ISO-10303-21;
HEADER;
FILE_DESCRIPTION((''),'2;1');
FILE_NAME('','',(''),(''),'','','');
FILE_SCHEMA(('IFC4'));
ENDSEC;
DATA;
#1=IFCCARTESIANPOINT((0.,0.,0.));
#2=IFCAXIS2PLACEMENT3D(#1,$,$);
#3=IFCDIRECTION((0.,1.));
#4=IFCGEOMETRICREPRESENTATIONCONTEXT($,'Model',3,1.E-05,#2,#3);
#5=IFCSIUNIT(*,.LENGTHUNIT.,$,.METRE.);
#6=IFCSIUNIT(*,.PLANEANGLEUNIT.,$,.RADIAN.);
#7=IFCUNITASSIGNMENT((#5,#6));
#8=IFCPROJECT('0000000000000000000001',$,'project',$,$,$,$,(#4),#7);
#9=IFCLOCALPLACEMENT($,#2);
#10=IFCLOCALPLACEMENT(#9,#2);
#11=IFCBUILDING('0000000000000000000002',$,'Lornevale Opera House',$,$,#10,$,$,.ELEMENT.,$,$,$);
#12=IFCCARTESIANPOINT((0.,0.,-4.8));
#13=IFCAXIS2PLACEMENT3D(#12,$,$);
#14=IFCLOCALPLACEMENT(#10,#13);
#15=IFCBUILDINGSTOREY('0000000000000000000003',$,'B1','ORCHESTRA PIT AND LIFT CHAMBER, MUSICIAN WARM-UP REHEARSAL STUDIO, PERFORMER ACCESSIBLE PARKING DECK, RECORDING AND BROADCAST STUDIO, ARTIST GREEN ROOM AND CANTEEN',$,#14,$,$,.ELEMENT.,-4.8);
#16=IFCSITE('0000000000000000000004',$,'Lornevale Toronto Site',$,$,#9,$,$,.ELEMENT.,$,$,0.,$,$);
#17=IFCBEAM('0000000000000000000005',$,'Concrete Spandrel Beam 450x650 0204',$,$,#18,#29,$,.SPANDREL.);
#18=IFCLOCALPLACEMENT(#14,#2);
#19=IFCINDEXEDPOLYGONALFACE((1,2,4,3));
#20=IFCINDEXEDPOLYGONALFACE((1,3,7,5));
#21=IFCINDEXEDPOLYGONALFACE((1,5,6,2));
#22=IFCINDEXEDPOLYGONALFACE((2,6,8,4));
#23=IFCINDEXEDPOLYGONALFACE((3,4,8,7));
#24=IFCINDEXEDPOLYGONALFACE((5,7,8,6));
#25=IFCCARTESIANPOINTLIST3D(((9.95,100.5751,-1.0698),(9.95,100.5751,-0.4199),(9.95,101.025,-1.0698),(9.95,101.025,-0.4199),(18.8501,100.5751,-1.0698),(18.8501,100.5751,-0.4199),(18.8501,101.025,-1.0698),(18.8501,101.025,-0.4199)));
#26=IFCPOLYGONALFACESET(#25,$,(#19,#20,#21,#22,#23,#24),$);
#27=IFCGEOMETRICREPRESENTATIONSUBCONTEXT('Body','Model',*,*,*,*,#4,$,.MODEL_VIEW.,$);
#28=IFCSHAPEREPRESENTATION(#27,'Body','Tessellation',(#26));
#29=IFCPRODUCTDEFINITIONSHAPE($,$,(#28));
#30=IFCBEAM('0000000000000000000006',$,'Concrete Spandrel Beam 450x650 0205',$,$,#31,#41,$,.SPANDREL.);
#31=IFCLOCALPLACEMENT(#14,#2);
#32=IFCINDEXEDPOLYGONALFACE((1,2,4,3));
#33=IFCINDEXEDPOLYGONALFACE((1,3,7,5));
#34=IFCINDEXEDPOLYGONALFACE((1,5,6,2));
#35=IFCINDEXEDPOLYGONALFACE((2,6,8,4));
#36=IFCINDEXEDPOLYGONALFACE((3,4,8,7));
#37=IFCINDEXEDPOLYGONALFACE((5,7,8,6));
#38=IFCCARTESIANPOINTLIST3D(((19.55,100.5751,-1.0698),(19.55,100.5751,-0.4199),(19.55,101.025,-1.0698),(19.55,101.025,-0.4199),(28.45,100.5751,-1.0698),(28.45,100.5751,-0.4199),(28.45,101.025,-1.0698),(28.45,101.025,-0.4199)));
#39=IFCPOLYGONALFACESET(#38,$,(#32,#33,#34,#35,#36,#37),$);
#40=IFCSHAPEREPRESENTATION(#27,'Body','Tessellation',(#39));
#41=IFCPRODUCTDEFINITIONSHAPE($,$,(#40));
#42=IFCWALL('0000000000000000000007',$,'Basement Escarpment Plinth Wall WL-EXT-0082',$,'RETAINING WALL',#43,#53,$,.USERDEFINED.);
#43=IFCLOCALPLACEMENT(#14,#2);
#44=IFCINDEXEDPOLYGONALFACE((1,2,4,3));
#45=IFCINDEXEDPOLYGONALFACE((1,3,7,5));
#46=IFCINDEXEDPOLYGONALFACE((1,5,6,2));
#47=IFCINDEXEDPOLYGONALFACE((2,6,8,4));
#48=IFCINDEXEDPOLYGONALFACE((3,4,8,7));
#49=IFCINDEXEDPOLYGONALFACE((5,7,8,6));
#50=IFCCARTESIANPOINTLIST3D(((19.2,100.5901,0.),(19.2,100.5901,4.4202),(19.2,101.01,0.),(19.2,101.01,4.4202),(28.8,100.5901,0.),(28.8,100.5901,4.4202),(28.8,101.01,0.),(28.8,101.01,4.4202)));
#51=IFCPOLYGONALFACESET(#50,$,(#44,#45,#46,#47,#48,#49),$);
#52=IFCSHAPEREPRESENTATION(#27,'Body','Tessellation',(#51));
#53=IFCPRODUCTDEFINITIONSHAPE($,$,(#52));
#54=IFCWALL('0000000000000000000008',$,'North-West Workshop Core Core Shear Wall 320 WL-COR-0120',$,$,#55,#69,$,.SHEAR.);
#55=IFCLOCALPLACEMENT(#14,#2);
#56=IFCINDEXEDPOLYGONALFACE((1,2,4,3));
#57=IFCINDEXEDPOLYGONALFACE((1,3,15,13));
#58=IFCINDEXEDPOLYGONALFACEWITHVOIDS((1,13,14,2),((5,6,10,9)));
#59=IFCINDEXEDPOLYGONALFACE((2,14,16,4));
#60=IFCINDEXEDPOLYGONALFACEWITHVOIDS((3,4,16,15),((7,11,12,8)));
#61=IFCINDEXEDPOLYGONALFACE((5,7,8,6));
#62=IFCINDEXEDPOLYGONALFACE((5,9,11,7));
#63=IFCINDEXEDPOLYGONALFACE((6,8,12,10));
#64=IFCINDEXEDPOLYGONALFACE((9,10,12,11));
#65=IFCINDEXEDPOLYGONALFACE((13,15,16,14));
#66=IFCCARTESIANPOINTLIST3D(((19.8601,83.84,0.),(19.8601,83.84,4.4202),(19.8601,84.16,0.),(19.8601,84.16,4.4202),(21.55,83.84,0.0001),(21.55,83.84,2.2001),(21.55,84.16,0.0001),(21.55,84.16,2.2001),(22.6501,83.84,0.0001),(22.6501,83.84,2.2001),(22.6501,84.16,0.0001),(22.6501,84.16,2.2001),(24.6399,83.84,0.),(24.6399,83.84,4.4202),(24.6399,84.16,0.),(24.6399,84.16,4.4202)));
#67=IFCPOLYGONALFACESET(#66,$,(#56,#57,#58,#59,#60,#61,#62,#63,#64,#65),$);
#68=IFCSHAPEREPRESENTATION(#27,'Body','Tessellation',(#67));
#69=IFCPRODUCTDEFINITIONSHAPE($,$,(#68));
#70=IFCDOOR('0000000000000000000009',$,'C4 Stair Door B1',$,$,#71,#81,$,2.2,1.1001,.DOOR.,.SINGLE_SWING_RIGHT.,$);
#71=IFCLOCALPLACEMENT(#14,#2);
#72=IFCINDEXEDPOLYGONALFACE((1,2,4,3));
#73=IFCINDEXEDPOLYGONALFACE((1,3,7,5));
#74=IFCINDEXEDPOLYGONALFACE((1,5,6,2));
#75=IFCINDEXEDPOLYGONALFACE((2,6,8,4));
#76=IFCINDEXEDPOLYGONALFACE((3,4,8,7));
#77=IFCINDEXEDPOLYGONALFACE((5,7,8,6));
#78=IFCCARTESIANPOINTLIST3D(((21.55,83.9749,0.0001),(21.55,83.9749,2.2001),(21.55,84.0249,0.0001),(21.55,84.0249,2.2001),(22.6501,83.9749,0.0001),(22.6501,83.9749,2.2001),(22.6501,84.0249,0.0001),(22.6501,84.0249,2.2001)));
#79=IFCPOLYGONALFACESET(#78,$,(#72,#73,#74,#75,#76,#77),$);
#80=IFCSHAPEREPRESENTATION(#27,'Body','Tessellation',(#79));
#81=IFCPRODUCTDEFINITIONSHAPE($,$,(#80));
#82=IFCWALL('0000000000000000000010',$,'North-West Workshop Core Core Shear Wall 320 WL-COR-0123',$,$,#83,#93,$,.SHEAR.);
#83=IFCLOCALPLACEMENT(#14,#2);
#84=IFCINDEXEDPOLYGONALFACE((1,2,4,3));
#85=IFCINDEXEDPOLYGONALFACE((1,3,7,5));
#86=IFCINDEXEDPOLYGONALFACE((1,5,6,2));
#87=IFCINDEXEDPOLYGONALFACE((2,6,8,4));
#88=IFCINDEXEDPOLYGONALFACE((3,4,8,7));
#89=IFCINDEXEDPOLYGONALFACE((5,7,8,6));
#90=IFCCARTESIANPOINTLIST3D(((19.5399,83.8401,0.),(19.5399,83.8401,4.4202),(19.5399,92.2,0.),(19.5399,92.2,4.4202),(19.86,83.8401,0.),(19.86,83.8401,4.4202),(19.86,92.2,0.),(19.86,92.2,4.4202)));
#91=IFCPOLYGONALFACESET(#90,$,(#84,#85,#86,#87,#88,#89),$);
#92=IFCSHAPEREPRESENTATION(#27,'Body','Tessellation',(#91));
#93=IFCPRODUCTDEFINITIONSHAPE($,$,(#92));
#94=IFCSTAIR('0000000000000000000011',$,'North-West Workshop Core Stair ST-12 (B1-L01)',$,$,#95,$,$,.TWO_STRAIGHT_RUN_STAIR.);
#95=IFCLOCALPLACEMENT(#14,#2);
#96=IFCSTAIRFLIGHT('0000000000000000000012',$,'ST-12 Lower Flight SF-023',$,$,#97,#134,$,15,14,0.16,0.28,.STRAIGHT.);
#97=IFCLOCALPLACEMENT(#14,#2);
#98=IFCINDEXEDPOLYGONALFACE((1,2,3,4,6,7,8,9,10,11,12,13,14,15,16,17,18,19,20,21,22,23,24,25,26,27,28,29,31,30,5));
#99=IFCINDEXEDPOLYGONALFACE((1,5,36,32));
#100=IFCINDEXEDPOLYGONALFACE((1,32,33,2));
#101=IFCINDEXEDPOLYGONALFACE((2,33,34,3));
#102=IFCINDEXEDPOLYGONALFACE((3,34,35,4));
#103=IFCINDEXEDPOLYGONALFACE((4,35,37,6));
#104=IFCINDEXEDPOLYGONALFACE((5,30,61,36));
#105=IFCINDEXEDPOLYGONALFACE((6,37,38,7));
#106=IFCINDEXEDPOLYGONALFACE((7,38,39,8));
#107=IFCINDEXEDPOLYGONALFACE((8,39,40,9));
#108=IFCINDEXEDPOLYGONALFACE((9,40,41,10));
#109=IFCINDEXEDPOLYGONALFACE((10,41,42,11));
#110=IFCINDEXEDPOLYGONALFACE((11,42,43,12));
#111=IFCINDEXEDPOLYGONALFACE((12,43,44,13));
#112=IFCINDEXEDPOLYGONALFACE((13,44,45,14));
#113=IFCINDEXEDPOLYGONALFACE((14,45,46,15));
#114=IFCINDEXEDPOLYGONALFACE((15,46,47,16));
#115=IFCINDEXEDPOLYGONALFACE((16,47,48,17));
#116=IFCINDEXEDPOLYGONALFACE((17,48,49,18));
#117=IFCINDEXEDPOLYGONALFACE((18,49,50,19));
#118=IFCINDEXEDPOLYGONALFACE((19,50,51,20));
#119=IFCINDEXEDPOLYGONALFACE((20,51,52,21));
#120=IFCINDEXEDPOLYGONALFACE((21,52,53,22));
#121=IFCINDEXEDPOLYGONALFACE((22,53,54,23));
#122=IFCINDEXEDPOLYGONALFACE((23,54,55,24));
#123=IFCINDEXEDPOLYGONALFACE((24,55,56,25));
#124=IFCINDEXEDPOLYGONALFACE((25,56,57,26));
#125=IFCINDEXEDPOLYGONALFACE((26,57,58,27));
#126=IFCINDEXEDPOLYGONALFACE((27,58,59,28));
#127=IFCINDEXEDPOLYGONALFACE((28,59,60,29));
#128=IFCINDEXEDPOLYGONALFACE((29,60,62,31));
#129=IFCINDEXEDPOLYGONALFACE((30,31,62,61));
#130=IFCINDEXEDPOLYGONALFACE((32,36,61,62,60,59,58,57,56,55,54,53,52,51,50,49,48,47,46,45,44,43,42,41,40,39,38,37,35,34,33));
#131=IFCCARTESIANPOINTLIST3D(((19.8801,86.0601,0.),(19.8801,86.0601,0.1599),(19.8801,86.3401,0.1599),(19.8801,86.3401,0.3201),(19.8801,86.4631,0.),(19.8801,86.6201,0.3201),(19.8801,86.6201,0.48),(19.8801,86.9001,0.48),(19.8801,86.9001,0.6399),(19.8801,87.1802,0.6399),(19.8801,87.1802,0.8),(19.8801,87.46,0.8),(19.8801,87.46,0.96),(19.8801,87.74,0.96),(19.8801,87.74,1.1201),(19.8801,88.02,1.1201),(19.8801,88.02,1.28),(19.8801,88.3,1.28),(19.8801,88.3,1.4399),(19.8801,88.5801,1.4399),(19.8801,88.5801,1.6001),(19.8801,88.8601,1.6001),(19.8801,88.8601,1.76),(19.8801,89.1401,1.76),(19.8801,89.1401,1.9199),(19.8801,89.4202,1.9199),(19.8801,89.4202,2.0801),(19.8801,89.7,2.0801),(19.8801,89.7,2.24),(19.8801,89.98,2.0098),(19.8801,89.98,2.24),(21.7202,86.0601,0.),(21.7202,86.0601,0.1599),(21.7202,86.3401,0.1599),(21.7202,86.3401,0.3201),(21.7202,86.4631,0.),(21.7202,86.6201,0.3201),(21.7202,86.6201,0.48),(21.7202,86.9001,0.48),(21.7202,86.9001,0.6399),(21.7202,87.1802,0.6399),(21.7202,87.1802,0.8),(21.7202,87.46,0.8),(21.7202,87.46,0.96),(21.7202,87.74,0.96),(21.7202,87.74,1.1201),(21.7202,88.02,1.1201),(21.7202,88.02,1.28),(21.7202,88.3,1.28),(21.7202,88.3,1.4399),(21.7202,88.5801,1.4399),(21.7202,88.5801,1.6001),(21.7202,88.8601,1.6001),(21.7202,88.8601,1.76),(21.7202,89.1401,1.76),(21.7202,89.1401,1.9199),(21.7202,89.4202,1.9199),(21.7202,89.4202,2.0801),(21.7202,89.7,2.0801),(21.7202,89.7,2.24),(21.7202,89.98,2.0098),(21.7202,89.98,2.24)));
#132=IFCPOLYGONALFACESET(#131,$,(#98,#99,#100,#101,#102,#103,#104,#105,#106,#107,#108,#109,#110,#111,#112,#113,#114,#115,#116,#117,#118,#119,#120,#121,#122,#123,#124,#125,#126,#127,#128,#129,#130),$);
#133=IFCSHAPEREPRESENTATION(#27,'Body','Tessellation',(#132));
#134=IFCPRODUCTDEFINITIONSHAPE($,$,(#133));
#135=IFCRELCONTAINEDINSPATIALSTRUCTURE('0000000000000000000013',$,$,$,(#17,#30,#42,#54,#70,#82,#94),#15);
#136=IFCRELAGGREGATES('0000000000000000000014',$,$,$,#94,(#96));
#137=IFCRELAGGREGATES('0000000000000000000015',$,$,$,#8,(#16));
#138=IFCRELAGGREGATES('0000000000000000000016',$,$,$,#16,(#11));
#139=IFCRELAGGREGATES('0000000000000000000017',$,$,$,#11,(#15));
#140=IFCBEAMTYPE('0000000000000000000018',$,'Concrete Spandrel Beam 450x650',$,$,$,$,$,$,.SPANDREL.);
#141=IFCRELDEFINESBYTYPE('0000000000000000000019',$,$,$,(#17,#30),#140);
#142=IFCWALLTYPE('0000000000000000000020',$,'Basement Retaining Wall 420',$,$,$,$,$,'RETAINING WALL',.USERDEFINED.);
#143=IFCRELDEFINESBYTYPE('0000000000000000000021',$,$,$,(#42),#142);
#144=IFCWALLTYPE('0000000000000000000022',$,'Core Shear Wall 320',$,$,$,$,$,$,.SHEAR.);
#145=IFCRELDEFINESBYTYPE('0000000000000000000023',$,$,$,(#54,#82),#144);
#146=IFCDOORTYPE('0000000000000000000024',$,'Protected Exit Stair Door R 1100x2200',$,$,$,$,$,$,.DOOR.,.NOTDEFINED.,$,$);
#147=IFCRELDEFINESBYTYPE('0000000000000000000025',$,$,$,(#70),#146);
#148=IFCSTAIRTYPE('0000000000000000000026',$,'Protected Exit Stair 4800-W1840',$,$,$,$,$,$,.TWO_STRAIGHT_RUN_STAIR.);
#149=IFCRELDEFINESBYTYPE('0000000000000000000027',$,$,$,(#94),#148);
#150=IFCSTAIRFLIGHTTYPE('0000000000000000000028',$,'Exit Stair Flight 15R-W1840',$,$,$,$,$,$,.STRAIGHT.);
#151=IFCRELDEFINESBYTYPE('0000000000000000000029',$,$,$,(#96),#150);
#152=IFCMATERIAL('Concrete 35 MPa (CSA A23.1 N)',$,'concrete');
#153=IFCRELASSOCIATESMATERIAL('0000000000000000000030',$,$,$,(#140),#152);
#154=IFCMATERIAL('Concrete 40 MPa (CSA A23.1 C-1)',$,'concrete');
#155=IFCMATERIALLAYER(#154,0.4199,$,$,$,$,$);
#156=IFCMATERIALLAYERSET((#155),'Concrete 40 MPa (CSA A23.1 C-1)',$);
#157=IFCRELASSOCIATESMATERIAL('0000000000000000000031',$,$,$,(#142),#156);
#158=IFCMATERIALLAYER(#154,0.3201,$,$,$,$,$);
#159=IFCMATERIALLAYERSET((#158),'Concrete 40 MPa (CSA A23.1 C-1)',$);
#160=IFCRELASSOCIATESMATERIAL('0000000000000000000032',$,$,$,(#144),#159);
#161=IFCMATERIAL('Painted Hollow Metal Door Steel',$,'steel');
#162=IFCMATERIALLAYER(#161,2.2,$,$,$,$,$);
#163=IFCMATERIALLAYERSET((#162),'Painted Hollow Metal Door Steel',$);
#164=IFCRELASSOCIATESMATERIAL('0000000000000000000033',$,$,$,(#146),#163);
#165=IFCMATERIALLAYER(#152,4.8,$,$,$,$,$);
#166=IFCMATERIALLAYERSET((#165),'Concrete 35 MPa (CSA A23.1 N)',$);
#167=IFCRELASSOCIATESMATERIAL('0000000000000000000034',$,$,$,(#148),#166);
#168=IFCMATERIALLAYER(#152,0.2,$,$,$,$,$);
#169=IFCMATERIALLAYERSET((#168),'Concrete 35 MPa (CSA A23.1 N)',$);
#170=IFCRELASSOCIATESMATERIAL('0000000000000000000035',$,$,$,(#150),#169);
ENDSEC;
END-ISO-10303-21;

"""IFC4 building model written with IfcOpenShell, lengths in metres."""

from ifc_helpers import new_model, si_unit, direction, frame, frame_2d, origin, origin_2d, place, context, subcontext, project, spatial, polyline, rectangle, outline, extrude, material, layer, layer_set, material_profile, profile_set, type_object, element, fill, aggregate, save


model = new_model("IFC4")

# Units and contexts
model_context = context("Model", 3, precision=1e-05, world=origin(), true_north=direction((0.0, 1.0)))
body_context = subcontext(model_context, "Body", "Model", "MODEL_VIEW")
ifc_project = project(units=[si_unit("LENGTHUNIT", "METRE"), si_unit("PLANEANGLEUNIT", "RADIAN")], contexts=[model_context])

# Site, building, storey
site_placement = place(None, origin())
site = spatial("IfcSite", under=ifc_project, at=site_placement, Name="Lornevale Toronto Site", CompositionType="ELEMENT", RefElevation=0.0)
building_placement = place(site_placement, origin())
building = spatial("IfcBuilding", under=site, at=building_placement, Name="Lornevale Opera House", CompositionType="ELEMENT")
storey_placement = place(building_placement, frame((0.0, 0.0, -4.8)))
storey = spatial("IfcBuildingStorey", under=building, at=storey_placement, Name="B1", Description="ORCHESTRA PIT AND LIFT CHAMBER, MUSICIAN WARM-UP REHEARSAL STUDIO, PERFORMER ACCESSIBLE PARKING DECK, RECORDING AND BROADCAST STUDIO, ARTIST GREEN ROOM AND CANTEEN", CompositionType="ELEMENT", Elevation=-4.8)

# Shared definitions
ifc_material_1 = material(Name="Concrete 40 MPa (CSA A23.1 C-1)", Category="concrete")

# Beams
ifc_material_2 = material(Name="Concrete 35 MPa (CSA A23.1 N)", Category="concrete")
ifc_material_profile_1 = material_profile(ifc_material_2, rectangle(XDim=0.45, YDim=0.6499, at=origin_2d()), Name="RC450x650")
ifc_profile_set_1 = profile_set([ifc_material_profile_1], Name="Concrete 35 MPa (CSA A23.1 N)")
beam_type_1 = type_object("IfcBeamType", Name="Concrete Spandrel Beam 450x650", PredefinedType="SPANDREL", material=ifc_profile_set_1)
beam_1_placement = place(storey_placement, frame((9.95, 100.8, -0.7449), z_axis=(1.0, 0.0, 0.0), x_axis=(0.0, 1.0, 0.0)))
element("IfcBeam", 1, at=beam_1_placement, inside=storey, type_object=beam_type_1, Name="Concrete Spandrel Beam 450x650 0204", PredefinedType="SPANDREL", context=body_context, shape_type="SweptSolid", body=[
    extrude(rectangle(XDim=0.45, YDim=0.6499, at=origin_2d()), origin(), (0.0, 0.0, 1.0), 8.9001),
])
beam_2_placement = place(storey_placement, frame((19.55, 100.8, -0.7449), z_axis=(1.0, 0.0, 0.0), x_axis=(0.0, 1.0, 0.0)))
element("IfcBeam", 2, at=beam_2_placement, inside=storey, type_object=beam_type_1, Name="Concrete Spandrel Beam 450x650 0205", PredefinedType="SPANDREL", context=body_context, shape_type="SweptSolid", body=[
    extrude(rectangle(XDim=0.45, YDim=0.6499, at=origin_2d()), origin(), (0.0, 0.0, 1.0), 8.8999),
])

# Wall
ifc_layer_1 = layer(ifc_material_1, 0.4199)
ifc_layer_set_1 = layer_set([ifc_layer_1], Name="Concrete 40 MPa (CSA A23.1 C-1)")
wall_type_1 = type_object("IfcWallType", Name="Basement Retaining Wall 420", ElementType="RETAINING WALL", PredefinedType="USERDEFINED", material=ifc_layer_set_1)
wall_1_placement = place(storey_placement, frame((19.2, 100.8, 0.0), z_axis=(0.0, 0.0, 1.0), x_axis=(1.0, 0.0, 0.0)))
element("IfcWall", 3, at=wall_1_placement, inside=storey, type_object=wall_type_1, Name="Basement Escarpment Plinth Wall WL-EXT-0082", ObjectType="RETAINING WALL", PredefinedType="USERDEFINED", context=body_context, shape_type="SweptSolid", body=[
    extrude(rectangle(XDim=9.6001, YDim=0.4199, at=frame_2d((4.8, 0.0))), origin(), (0.0, 0.0, 1.0), 4.4202),
])

# Wall, opening, door
ifc_layer_2 = layer(ifc_material_1, 0.3201)
ifc_layer_set_2 = layer_set([ifc_layer_2], Name="Concrete 40 MPa (CSA A23.1 C-1)")
wall_type_2 = type_object("IfcWallType", Name="Core Shear Wall 320", PredefinedType="SHEAR", material=ifc_layer_set_2)
wall_2_placement = place(storey_placement, frame((19.8601, 84.0, 0.0), z_axis=(0.0, 0.0, 1.0), x_axis=(1.0, 0.0, 0.0)))
wall_2 = element("IfcWall", 4, at=wall_2_placement, inside=storey, type_object=wall_type_2, Name="North-West Workshop Core Core Shear Wall 320 WL-COR-0120", PredefinedType="SHEAR", context=body_context, shape_type="SweptSolid", body=[
    extrude(rectangle(XDim=4.7798, YDim=0.3201, at=frame_2d((2.3899, 0.0))), origin(), (0.0, 0.0, 1.0), 4.4202),
])
opening_placement = place(wall_2_placement, frame((1.6899, 0.0, 0.0)))
opening = element("IfcOpeningElement", 5, at=opening_placement, cuts=wall_2, PredefinedType="OPENING", context=body_context, shape_type="SweptSolid", body=[
    extrude(rectangle(XDim=1.1001, YDim=2.2, at=frame_2d((0.55, 1.1001))), frame((0.0, 0.1699, 0.0), z_axis=(0.0, -1.0, 0.0), x_axis=(1.0, 0.0, 0.0)), (0.0, 0.0, 1.0), 0.3401),
])
ifc_material_3 = material(Name="Painted Hollow Metal Door Steel", Category="steel")
ifc_layer_3 = layer(ifc_material_3, 2.2)
ifc_layer_set_3 = layer_set([ifc_layer_3], Name="Painted Hollow Metal Door Steel")
door_type = type_object("IfcDoorType", Name="Protected Exit Stair Door R 1100x2200", OperationType="NOTDEFINED", PredefinedType="DOOR", material=ifc_layer_set_3)
door_placement = place(opening_placement, origin())
door = element("IfcDoor", 6, at=door_placement, inside=storey, type_object=door_type, Name="C4 Stair Door B1", OperationType="SINGLE_SWING_RIGHT", OverallHeight=2.2, OverallWidth=1.1001, PredefinedType="DOOR", context=body_context, shape_type="SweptSolid", body=[
    extrude(rectangle(XDim=1.1001, YDim=2.2, at=frame_2d((0.55, 1.1001))), frame((0.0, 0.0249, 0.0), z_axis=(0.0, -1.0, 0.0), x_axis=(1.0, 0.0, 0.0)), (0.0, 0.0, 1.0), 0.05),
])
fill(opening, door)

# Wall
wall_3_placement = place(storey_placement, frame((19.7, 92.2, 0.0), z_axis=(0.0, 0.0, 1.0), x_axis=(0.0, -1.0, 0.0)))
element("IfcWall", 7, at=wall_3_placement, inside=storey, type_object=wall_type_2, Name="North-West Workshop Core Core Shear Wall 320 WL-COR-0123", PredefinedType="SHEAR", context=body_context, shape_type="SweptSolid", body=[
    extrude(rectangle(XDim=8.3599, YDim=0.3201, at=frame_2d((4.1799, 0.0))), origin(), (0.0, 0.0, 1.0), 4.4202),
])

# Stair, stair flight
ifc_layer_4 = layer(ifc_material_2, 4.8)
ifc_layer_set_4 = layer_set([ifc_layer_4], Name="Concrete 35 MPa (CSA A23.1 N)")
stair_type = type_object("IfcStairType", Name="Protected Exit Stair 4800-W1840", PredefinedType="TWO_STRAIGHT_RUN_STAIR", material=ifc_layer_set_4)
stair_placement = place(storey_placement, origin())
stair = element("IfcStair", 8, at=stair_placement, inside=storey, type_object=stair_type, Name="North-West Workshop Core Stair ST-12 (B1-L01)", PredefinedType="TWO_STRAIGHT_RUN_STAIR")
ifc_layer_5 = layer(ifc_material_2, 0.2)
ifc_layer_set_5 = layer_set([ifc_layer_5], Name="Concrete 35 MPa (CSA A23.1 N)")
stair_flight_type = type_object("IfcStairFlightType", Name="Exit Stair Flight 15R-W1840", PredefinedType="STRAIGHT", material=ifc_layer_set_5)
stair_flight_placement = place(storey_placement, frame((20.8, 86.0601, 0.0), z_axis=(0.0, 0.0, 1.0), x_axis=(0.0, 1.0, 0.0)))
stair_flight = element("IfcStairFlight", 9, at=stair_flight_placement, type_object=stair_flight_type, Name="ST-12 Lower Flight SF-023", NumberOfRisers=15, NumberOfTreads=14, PredefinedType="STRAIGHT", RiserHeight=0.16, TreadLength=0.28, context=body_context, shape_type="SweptSolid", body=[
    extrude(outline(polyline([(0.0, 0.0), (0.0, 0.1599), (0.28, 0.1599), (0.28, 0.3201), (0.5601, 0.3201), (0.5601, 0.48), (0.8401, 0.48), (0.8401, 0.6399), (1.1201, 0.6399), (1.1201, 0.8), (1.3999, 0.8), (1.3999, 0.96), (1.6799, 0.96), (1.6799, 1.1201), (1.96, 1.1201), (1.96, 1.28), (2.24, 1.28), (2.24, 1.4399), (2.52, 1.4399), (2.52, 1.6001), (2.8, 1.6001), (2.8, 1.76), (3.0801, 1.76), (3.0801, 1.9199), (3.3601, 1.9199), (3.3601, 2.0801), (3.6399, 2.0801), (3.6399, 2.24), (3.9199, 2.24), (3.9199, 2.0098), (0.4031, 0.0), (0.0, 0.0)])), frame((0.0, 0.9199, 0.0), z_axis=(0.0, -1.0, 0.0), x_axis=(1.0, 0.0, 0.0)), (0.0, 0.0, 1.0), 1.8401),
])
aggregate(stair, [stair_flight])

save(model, "model.ifc")
